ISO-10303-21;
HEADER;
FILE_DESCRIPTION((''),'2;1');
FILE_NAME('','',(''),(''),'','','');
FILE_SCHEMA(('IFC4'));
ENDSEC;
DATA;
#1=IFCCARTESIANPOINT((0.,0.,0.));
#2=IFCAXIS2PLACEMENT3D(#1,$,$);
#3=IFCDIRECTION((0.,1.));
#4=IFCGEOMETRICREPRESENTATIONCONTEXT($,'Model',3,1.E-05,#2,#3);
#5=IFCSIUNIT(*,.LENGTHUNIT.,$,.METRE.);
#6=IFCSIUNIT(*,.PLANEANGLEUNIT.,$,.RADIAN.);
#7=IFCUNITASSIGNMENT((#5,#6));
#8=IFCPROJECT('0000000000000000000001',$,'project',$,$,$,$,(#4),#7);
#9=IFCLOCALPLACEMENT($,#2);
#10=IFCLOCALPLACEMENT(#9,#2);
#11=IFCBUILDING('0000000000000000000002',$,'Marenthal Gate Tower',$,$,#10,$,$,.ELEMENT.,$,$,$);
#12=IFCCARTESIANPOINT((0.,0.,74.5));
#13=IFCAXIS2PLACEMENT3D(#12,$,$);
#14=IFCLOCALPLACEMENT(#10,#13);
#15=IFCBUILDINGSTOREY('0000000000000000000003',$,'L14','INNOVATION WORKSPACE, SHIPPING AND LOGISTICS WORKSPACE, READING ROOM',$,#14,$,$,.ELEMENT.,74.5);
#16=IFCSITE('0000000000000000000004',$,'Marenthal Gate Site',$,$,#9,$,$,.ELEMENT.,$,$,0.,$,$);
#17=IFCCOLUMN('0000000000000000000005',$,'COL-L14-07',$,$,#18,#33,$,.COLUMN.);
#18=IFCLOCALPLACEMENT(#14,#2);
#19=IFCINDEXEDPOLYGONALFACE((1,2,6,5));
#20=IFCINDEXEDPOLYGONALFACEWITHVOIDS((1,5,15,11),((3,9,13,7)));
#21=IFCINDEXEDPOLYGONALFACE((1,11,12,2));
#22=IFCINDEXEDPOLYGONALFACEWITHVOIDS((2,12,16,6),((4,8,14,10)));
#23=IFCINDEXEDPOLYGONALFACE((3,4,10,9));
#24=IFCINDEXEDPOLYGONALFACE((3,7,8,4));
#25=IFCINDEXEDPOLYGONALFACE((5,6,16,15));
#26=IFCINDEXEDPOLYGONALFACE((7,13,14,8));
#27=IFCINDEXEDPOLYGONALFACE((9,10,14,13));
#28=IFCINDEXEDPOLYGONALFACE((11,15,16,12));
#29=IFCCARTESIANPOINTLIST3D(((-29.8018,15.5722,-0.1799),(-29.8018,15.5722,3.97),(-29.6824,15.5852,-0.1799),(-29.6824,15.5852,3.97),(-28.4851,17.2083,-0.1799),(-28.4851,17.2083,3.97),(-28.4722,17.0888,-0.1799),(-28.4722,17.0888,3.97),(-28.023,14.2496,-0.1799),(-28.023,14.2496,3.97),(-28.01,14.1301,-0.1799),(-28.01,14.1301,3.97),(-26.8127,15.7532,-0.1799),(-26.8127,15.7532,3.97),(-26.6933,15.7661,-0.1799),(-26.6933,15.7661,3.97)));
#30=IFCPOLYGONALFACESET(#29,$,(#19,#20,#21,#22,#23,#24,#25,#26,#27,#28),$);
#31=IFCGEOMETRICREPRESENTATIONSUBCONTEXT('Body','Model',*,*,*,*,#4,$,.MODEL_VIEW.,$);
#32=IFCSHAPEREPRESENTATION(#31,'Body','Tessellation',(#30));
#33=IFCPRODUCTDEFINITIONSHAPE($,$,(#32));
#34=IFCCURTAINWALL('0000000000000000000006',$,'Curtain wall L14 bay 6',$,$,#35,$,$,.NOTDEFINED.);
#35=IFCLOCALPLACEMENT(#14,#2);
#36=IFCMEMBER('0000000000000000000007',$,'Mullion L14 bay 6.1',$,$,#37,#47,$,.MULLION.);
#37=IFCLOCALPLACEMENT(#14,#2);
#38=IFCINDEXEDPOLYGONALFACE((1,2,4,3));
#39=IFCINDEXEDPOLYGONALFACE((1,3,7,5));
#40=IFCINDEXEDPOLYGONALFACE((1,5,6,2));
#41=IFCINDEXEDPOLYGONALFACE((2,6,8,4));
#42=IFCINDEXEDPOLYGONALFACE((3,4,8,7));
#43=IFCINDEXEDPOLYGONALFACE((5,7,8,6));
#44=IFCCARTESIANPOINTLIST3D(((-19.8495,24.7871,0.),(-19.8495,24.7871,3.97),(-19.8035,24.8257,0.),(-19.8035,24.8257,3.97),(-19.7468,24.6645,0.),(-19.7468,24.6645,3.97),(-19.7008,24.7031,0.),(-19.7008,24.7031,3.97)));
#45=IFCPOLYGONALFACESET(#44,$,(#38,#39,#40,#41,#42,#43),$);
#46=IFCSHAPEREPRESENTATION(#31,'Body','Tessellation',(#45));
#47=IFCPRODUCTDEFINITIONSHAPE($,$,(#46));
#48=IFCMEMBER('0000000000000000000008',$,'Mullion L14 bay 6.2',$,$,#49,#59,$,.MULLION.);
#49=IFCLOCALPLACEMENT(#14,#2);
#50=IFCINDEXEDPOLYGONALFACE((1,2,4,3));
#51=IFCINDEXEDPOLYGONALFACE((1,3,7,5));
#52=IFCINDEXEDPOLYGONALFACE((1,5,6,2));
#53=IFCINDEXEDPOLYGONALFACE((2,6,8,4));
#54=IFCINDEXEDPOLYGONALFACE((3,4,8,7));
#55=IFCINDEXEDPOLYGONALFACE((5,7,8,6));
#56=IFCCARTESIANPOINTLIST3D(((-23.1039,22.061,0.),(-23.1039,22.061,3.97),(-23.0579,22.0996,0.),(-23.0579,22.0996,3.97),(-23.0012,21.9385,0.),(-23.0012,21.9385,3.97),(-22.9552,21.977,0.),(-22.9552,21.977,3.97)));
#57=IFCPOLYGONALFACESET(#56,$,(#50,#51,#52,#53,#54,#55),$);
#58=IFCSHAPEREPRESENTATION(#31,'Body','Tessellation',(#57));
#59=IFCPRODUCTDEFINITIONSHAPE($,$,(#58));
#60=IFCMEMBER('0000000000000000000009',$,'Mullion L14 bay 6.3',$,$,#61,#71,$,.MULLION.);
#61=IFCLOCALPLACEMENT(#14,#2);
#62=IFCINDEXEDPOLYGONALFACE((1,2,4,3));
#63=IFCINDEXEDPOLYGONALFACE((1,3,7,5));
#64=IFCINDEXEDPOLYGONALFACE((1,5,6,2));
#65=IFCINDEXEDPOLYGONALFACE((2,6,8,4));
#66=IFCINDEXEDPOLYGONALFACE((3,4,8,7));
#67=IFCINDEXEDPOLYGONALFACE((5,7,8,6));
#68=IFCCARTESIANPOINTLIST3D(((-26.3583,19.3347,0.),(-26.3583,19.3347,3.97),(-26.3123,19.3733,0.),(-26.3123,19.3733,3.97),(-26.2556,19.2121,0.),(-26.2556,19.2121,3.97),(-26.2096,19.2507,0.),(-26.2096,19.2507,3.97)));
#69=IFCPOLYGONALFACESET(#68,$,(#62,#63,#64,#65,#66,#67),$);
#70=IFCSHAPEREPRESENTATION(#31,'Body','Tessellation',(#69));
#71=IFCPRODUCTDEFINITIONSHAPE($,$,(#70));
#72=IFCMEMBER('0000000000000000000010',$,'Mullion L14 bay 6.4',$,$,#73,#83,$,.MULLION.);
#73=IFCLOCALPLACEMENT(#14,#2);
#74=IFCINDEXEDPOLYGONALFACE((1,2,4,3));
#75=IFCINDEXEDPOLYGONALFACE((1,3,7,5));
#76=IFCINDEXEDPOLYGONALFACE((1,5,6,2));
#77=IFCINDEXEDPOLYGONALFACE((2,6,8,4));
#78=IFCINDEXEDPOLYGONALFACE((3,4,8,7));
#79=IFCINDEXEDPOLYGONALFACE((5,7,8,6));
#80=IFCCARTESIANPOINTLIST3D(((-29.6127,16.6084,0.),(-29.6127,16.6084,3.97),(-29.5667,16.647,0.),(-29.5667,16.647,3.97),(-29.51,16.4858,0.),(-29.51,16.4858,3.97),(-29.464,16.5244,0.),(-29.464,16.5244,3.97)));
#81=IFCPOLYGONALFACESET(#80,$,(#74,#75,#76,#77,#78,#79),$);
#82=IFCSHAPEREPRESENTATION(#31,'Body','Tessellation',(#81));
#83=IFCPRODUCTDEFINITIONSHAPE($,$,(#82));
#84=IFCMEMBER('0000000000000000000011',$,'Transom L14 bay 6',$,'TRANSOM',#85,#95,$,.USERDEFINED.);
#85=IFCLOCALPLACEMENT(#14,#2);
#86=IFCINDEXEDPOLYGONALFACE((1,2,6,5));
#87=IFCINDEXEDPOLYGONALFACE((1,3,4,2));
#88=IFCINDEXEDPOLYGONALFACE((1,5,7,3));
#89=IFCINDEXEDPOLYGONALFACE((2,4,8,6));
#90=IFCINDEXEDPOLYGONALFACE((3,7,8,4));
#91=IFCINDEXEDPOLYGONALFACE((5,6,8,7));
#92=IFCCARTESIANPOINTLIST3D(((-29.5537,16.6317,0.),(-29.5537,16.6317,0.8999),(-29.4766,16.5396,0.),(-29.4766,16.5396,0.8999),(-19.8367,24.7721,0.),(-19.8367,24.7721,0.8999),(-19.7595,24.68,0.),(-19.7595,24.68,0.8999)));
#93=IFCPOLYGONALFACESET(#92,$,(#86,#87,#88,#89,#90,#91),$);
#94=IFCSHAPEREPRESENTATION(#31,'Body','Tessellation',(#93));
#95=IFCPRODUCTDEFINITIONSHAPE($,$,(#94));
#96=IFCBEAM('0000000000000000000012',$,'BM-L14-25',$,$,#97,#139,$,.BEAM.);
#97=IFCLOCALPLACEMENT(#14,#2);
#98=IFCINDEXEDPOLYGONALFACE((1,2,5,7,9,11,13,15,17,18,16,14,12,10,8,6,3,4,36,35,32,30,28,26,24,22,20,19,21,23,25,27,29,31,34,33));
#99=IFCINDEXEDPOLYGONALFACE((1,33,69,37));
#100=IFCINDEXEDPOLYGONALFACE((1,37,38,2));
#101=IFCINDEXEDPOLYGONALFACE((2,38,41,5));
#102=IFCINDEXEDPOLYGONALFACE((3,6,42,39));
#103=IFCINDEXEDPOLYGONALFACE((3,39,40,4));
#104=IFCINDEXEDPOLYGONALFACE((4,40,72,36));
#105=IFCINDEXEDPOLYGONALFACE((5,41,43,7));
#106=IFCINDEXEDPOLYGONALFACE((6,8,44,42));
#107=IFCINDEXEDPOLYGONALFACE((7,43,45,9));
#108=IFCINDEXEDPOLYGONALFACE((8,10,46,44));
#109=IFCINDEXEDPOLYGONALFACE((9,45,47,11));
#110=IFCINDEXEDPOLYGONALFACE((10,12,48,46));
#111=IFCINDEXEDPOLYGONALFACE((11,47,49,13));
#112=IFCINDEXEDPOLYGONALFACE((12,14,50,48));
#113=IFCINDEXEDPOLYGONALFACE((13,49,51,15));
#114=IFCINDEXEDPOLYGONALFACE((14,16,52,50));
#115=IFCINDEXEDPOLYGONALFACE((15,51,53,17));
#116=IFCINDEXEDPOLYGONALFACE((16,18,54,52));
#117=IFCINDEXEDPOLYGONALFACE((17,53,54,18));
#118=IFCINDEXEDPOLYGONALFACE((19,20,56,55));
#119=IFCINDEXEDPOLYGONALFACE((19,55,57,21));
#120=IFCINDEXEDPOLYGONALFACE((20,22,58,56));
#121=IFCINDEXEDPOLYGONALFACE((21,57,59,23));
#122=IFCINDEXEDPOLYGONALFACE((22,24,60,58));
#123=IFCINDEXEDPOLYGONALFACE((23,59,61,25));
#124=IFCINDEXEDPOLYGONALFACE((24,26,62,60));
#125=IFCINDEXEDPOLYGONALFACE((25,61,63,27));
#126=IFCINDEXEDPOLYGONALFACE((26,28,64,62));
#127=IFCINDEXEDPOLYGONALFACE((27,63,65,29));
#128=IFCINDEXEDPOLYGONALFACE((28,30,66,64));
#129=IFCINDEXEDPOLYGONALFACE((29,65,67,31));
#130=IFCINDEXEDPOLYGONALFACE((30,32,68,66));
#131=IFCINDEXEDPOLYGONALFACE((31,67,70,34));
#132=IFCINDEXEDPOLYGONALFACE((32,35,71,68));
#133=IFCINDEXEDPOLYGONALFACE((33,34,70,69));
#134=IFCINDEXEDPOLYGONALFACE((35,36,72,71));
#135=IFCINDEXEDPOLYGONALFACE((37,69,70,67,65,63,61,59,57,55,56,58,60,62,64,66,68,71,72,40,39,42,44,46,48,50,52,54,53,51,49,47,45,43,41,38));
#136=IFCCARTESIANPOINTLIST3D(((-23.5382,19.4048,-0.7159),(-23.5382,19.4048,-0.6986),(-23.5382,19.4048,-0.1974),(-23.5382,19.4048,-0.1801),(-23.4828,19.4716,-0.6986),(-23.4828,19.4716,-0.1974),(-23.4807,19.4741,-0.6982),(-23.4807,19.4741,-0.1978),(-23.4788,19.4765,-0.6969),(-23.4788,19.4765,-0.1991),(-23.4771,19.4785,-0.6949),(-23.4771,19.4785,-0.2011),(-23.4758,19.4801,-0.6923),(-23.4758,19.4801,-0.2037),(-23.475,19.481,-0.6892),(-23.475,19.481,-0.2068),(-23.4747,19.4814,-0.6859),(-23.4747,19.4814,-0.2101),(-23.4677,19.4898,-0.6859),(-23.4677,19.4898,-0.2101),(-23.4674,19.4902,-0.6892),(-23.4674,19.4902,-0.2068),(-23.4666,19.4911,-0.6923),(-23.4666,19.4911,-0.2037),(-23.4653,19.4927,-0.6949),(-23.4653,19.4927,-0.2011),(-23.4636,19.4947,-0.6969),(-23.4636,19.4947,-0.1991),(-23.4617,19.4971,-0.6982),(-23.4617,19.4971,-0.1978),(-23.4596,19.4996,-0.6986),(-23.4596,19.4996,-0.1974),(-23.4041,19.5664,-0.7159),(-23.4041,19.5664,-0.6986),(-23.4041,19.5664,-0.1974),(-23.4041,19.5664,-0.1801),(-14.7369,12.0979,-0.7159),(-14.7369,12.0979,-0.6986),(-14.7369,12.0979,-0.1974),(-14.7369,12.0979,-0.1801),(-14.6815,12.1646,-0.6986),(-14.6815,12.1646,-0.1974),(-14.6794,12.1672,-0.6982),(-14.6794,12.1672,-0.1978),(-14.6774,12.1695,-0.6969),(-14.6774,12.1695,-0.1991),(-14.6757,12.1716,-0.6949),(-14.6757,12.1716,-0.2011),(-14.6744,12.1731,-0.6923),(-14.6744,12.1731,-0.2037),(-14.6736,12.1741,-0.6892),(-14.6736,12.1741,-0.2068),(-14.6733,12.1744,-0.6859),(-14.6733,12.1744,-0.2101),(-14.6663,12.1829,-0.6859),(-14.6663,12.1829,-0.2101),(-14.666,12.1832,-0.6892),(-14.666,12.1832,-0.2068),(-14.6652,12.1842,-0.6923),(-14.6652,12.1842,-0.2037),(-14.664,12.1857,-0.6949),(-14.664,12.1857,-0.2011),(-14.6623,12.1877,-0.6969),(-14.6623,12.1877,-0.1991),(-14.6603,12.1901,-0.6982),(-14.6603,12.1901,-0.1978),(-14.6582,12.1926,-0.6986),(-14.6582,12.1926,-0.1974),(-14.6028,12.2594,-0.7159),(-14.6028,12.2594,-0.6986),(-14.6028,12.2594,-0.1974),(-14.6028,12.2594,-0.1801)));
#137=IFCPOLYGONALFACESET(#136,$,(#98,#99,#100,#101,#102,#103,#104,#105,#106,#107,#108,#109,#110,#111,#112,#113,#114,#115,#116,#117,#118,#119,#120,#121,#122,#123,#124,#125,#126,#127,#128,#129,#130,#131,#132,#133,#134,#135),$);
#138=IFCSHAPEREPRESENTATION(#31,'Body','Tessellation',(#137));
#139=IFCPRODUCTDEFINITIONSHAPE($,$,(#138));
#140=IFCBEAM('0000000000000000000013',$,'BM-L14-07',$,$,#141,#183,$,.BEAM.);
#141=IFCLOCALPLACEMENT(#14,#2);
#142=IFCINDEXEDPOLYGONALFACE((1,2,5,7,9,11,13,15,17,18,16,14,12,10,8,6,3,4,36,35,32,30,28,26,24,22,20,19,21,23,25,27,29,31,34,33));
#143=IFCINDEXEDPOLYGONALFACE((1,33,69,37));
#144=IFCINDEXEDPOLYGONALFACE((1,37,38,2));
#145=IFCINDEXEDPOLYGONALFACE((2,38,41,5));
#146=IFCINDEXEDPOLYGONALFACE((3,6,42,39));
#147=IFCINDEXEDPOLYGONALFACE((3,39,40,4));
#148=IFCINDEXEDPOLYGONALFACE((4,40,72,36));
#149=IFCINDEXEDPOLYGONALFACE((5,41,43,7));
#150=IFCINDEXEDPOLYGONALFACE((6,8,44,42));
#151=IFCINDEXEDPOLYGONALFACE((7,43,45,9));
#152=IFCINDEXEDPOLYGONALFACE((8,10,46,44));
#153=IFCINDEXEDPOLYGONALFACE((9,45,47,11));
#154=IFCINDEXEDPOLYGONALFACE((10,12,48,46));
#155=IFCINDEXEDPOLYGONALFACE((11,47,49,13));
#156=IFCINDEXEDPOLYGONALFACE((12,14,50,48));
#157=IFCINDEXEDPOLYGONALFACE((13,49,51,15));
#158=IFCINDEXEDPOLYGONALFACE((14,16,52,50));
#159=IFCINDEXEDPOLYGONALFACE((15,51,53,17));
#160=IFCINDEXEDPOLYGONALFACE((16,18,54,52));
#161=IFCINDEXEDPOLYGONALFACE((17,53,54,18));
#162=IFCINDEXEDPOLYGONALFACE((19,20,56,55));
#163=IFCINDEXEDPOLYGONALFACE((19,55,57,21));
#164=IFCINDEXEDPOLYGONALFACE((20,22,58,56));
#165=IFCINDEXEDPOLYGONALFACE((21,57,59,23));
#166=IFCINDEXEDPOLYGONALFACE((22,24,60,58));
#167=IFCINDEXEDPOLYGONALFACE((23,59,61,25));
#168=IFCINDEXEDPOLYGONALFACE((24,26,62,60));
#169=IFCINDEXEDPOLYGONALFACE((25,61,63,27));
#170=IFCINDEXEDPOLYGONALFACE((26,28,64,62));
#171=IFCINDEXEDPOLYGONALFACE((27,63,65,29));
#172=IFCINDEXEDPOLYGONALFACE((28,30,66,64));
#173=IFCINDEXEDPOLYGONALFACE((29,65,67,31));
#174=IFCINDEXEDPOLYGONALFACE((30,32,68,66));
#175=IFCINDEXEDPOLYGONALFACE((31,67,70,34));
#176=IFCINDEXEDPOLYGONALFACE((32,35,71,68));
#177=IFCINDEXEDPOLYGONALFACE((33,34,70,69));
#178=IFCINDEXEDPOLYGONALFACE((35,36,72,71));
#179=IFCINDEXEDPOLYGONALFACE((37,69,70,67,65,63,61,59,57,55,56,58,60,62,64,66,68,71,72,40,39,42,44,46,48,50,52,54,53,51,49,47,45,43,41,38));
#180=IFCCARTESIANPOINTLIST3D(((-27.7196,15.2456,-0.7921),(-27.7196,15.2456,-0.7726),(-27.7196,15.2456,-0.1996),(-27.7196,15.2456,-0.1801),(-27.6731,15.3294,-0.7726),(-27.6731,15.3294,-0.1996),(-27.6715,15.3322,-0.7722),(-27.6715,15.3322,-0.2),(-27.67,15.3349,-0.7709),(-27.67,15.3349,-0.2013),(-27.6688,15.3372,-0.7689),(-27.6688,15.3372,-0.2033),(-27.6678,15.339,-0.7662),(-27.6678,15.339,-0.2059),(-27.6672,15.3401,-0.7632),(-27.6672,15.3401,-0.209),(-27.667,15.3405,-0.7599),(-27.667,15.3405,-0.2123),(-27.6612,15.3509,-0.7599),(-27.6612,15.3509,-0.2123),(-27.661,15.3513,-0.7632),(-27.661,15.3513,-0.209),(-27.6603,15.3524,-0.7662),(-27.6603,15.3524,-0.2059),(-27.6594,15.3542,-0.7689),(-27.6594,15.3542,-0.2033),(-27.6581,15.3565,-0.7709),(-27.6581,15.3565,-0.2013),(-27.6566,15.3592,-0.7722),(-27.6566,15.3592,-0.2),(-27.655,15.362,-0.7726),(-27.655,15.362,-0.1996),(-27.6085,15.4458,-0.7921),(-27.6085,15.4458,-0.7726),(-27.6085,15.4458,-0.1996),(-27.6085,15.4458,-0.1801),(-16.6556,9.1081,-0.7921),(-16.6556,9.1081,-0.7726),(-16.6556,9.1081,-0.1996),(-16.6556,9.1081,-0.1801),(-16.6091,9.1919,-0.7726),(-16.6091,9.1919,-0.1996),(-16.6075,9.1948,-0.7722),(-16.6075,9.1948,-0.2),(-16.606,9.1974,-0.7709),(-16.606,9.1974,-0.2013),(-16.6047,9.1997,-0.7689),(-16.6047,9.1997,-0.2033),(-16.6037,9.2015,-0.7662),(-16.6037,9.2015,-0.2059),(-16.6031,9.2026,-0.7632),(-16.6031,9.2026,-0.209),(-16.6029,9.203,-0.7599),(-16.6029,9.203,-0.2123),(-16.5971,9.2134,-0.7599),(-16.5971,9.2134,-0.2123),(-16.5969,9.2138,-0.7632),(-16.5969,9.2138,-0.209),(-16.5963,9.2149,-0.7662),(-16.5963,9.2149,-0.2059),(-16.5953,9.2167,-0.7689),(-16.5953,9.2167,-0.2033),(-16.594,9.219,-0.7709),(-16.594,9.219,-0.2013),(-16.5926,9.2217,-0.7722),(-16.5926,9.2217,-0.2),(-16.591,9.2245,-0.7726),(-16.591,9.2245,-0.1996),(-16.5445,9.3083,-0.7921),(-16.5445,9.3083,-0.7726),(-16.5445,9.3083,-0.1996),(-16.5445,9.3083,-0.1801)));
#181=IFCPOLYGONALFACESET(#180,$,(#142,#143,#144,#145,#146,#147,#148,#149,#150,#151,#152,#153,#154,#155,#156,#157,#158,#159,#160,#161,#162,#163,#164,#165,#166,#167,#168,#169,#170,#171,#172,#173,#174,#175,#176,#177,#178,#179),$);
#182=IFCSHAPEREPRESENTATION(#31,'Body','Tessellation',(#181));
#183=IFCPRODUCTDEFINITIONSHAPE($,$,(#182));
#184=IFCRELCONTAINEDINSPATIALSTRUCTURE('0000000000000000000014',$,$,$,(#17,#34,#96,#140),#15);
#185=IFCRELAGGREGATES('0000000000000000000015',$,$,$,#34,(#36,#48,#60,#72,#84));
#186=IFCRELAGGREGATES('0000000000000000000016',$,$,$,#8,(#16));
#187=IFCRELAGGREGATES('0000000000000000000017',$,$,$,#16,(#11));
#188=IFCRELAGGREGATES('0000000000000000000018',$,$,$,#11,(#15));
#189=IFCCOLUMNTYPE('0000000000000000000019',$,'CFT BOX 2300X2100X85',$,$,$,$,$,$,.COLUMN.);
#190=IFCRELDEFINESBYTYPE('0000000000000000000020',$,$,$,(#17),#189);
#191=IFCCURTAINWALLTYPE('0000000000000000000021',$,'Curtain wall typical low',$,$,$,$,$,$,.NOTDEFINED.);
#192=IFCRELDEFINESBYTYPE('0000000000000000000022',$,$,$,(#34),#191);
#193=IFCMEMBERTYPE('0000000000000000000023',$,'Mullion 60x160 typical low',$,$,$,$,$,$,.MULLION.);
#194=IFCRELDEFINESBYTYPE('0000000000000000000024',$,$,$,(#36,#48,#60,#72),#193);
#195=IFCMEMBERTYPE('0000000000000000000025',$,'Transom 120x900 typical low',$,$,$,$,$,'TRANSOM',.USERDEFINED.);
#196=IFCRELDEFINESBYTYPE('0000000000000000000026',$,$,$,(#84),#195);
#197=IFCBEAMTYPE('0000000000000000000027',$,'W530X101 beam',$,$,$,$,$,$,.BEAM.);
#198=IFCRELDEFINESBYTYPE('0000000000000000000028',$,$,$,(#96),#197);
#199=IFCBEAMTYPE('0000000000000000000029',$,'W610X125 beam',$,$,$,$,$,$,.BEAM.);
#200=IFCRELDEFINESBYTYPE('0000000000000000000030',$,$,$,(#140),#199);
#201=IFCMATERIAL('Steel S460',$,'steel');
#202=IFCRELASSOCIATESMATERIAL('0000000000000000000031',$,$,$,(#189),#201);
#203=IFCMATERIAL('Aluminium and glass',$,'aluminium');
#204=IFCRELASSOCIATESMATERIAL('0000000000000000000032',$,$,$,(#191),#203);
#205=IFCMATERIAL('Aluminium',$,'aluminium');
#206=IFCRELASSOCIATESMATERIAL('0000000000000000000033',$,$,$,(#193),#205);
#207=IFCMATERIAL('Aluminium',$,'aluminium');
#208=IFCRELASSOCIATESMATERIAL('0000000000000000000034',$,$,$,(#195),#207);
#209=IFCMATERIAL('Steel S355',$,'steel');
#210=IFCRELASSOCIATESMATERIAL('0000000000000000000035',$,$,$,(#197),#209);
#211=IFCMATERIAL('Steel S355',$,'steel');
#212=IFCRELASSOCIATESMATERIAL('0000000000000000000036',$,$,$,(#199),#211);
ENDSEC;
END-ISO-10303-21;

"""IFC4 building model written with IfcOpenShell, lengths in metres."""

from ifc_helpers import new_model, si_unit, direction, frame, origin, origin_2d, place, context, subcontext, project, spatial, rectangle, hollow_rectangle, i_section, extrude, material, material_profile, profile_set, type_object, element, aggregate, save


model = new_model("IFC4")

# Units and contexts
model_context = context("Model", 3, precision=1e-05, world=origin(), true_north=direction((0.0, 1.0)))
body_context = subcontext(model_context, "Body", "Model", "MODEL_VIEW")
ifc_project = project(units=[si_unit("LENGTHUNIT", "METRE"), si_unit("PLANEANGLEUNIT", "RADIAN")], contexts=[model_context])

# Site, building, storey
site_placement = place(None, origin())
site = spatial("IfcSite", under=ifc_project, at=site_placement, Name="Marenthal Gate Site", CompositionType="ELEMENT", RefElevation=0.0)
building_placement = place(site_placement, origin())
building = spatial("IfcBuilding", under=site, at=building_placement, Name="Marenthal Gate Tower", CompositionType="ELEMENT")
storey_placement = place(building_placement, frame((0.0, 0.0, 74.5)))
storey = spatial("IfcBuildingStorey", under=building, at=storey_placement, Name="L14", Description="INNOVATION WORKSPACE, SHIPPING AND LOGISTICS WORKSPACE, READING ROOM", CompositionType="ELEMENT", Elevation=74.5)

# Column
ifc_material_1 = material(Name="Steel S460", Category="steel")
ifc_material_profile_1 = material_profile(ifc_material_1, hollow_rectangle(XDim=2.1001, YDim=2.3, WallThickness=0.085, at=origin_2d()), Name="CFT BOX 2300X2100X85")
ifc_material_2 = material(Name="Concrete 70 MPa", Category="concrete")
ifc_material_profile_2 = material_profile(ifc_material_2, rectangle(XDim=1.9299, YDim=2.1299, at=origin_2d()), Name="CFT BOX 2300X2100X85 INFILL")
ifc_profile_set_1 = profile_set([ifc_material_profile_1, ifc_material_profile_2], Name="Steel S460 shell, Concrete 70 MPa infill")
column_type = type_object("IfcColumnType", Name="CFT BOX 2300X2100X85", PredefinedType="COLUMN", material=ifc_profile_set_1)
column_placement = place(storey_placement, frame((-28.2476, 15.6692, -0.1799), z_axis=(0.0, 0.0, 1.0), x_axis=(0.626997, 0.779022, 0.0)))
element("IfcColumn", 1, at=column_placement, inside=storey, type_object=column_type, Name="COL-L14-07", PredefinedType="COLUMN", context=body_context, shape_type="SweptSolid", body=[
    extrude(hollow_rectangle(XDim=2.1001, YDim=2.3, WallThickness=0.085, at=origin_2d()), origin(), (0.0, 0.0, 1.0), 4.1499),
])

# Curtain wall, members
ifc_material_3 = material(Name="Aluminium and glass", Category="aluminium")
curtain_wall_type = type_object("IfcCurtainWallType", Name="Curtain wall typical low", PredefinedType="NOTDEFINED", material=ifc_material_3)
curtain_wall_placement = place(storey_placement, origin())
curtain_wall = element("IfcCurtainWall", 2, at=curtain_wall_placement, inside=storey, type_object=curtain_wall_type, Name="Curtain wall L14 bay 6", PredefinedType="NOTDEFINED")
ifc_material_4 = material(Name="Aluminium", Category="aluminium")
ifc_material_profile_3 = material_profile(ifc_material_4, rectangle(XDim=0.1599, YDim=0.0601, at=origin_2d()), Name="60x160 aluminium mullion")
ifc_profile_set_2 = profile_set([ifc_material_profile_3], Name="Aluminium")
member_type_1 = type_object("IfcMemberType", Name="Mullion 60x160 typical low", PredefinedType="MULLION", material=ifc_profile_set_2)
member_1_placement = place(storey_placement, frame((-19.7751, 24.7451, 0.0), z_axis=(0.0, 0.0, 1.0), x_axis=(0.642176, -0.766557, 0.0)))
member_1 = element("IfcMember", 3, at=member_1_placement, type_object=member_type_1, Name="Mullion L14 bay 6.1", PredefinedType="MULLION", context=body_context, shape_type="SweptSolid", body=[
    extrude(rectangle(XDim=0.1599, YDim=0.0601, at=origin_2d()), origin(), (0.0, 0.0, 1.0), 3.97),
])
member_2_placement = place(storey_placement, frame((-23.0295, 22.019, 0.0), z_axis=(0.0, 0.0, 1.0), x_axis=(0.642176, -0.766557, 0.0)))
member_2 = element("IfcMember", 4, at=member_2_placement, type_object=member_type_1, Name="Mullion L14 bay 6.2", PredefinedType="MULLION", context=body_context, shape_type="SweptSolid", body=[
    extrude(rectangle(XDim=0.1599, YDim=0.0601, at=origin_2d()), origin(), (0.0, 0.0, 1.0), 3.97),
])
member_3_placement = place(storey_placement, frame((-26.2839, 19.2927, 0.0), z_axis=(0.0, 0.0, 1.0), x_axis=(0.642176, -0.766557, 0.0)))
member_3 = element("IfcMember", 5, at=member_3_placement, type_object=member_type_1, Name="Mullion L14 bay 6.3", PredefinedType="MULLION", context=body_context, shape_type="SweptSolid", body=[
    extrude(rectangle(XDim=0.1599, YDim=0.0601, at=origin_2d()), origin(), (0.0, 0.0, 1.0), 3.97),
])
member_4_placement = place(storey_placement, frame((-29.5383, 16.5664, 0.0), z_axis=(0.0, 0.0, 1.0), x_axis=(0.642176, -0.766557, 0.0)))
member_4 = element("IfcMember", 6, at=member_4_placement, type_object=member_type_1, Name="Mullion L14 bay 6.4", PredefinedType="MULLION", context=body_context, shape_type="SweptSolid", body=[
    extrude(rectangle(XDim=0.1599, YDim=0.0601, at=origin_2d()), origin(), (0.0, 0.0, 1.0), 3.97),
])
ifc_material_5 = material(Name="Aluminium", Category="aluminium")
ifc_material_profile_4 = material_profile(ifc_material_5, rectangle(XDim=0.1201, YDim=0.8999, at=origin_2d()), Name="120x900 aluminium transom")
ifc_profile_set_3 = profile_set([ifc_material_profile_4], Name="Aluminium")
member_type_2 = type_object("IfcMemberType", Name="Transom 120x900 typical low", ElementType="TRANSOM", PredefinedType="USERDEFINED", material=ifc_profile_set_3)
member_5_placement = place(storey_placement, frame((-19.7981, 24.7261, 0.45), z_axis=(-0.766556, -0.642177, 0.0), x_axis=(0.642177, -0.766556, 0.0)))
member_5 = element("IfcMember", 7, at=member_5_placement, type_object=member_type_2, Name="Transom L14 bay 6", ObjectType="TRANSOM", PredefinedType="USERDEFINED", context=body_context, shape_type="SweptSolid", body=[
    extrude(rectangle(XDim=0.1201, YDim=0.8999, at=origin_2d()), origin(), (0.0, 0.0, 1.0), 12.6763),
])

# Beams
ifc_material_6 = material(Name="Steel S355", Category="steel")
ifc_material_profile_5 = material_profile(ifc_material_6, i_section(OverallWidth=0.21, OverallDepth=0.5359, WebThickness=0.011, FlangeThickness=0.0173, FilletRadius=0.0127, at=origin_2d()), Name="W530X101")
ifc_profile_set_4 = profile_set([ifc_material_profile_5], Name="Steel S355")
beam_type_1 = type_object("IfcBeamType", Name="W530X101 beam", PredefinedType="BEAM", material=ifc_profile_set_4)
beam_1_placement = place(storey_placement, frame((-23.4712, 19.4856, -0.448), z_axis=(0.769403, -0.638764, 0.0), x_axis=(0.638764, 0.769403, 0.0)))
element("IfcBeam", 8, at=beam_1_placement, inside=storey, type_object=beam_type_1, Name="BM-L14-25", PredefinedType="BEAM", context=body_context, shape_type="SweptSolid", body=[
    extrude(i_section(OverallWidth=0.21, OverallDepth=0.5359, WebThickness=0.011, FlangeThickness=0.0173, FilletRadius=0.0127, at=origin_2d()), origin(), (0.0, 0.0, 1.0), 11.4392),
])
ifc_material_7 = material(Name="Steel S355", Category="steel")
ifc_material_profile_6 = material_profile(ifc_material_7, i_section(OverallWidth=0.229, OverallDepth=0.6121, WebThickness=0.012, FlangeThickness=0.0195, FilletRadius=0.0127, at=origin_2d()), Name="W610X125")
ifc_profile_set_5 = profile_set([ifc_material_profile_6], Name="Steel S355")
beam_type_2 = type_object("IfcBeamType", Name="W610X125 beam", PredefinedType="BEAM", material=ifc_profile_set_5)
beam_2_placement = place(storey_placement, frame((-27.6641, 15.3457, -0.4861), z_axis=(0.874466, -0.485087, 0.0), x_axis=(0.485087, 0.874466, 0.0)))
element("IfcBeam", 9, at=beam_2_placement, inside=storey, type_object=beam_type_2, Name="BM-L14-07", PredefinedType="BEAM", context=body_context, shape_type="SweptSolid", body=[
    extrude(i_section(OverallWidth=0.229, OverallDepth=0.6121, WebThickness=0.012, FlangeThickness=0.0195, FilletRadius=0.0127, at=origin_2d()), origin(), (0.0, 0.0, 1.0), 12.6523),
])

aggregate(curtain_wall, [member_1, member_2, member_3, member_4, member_5])

save(model, "model.ifc")
